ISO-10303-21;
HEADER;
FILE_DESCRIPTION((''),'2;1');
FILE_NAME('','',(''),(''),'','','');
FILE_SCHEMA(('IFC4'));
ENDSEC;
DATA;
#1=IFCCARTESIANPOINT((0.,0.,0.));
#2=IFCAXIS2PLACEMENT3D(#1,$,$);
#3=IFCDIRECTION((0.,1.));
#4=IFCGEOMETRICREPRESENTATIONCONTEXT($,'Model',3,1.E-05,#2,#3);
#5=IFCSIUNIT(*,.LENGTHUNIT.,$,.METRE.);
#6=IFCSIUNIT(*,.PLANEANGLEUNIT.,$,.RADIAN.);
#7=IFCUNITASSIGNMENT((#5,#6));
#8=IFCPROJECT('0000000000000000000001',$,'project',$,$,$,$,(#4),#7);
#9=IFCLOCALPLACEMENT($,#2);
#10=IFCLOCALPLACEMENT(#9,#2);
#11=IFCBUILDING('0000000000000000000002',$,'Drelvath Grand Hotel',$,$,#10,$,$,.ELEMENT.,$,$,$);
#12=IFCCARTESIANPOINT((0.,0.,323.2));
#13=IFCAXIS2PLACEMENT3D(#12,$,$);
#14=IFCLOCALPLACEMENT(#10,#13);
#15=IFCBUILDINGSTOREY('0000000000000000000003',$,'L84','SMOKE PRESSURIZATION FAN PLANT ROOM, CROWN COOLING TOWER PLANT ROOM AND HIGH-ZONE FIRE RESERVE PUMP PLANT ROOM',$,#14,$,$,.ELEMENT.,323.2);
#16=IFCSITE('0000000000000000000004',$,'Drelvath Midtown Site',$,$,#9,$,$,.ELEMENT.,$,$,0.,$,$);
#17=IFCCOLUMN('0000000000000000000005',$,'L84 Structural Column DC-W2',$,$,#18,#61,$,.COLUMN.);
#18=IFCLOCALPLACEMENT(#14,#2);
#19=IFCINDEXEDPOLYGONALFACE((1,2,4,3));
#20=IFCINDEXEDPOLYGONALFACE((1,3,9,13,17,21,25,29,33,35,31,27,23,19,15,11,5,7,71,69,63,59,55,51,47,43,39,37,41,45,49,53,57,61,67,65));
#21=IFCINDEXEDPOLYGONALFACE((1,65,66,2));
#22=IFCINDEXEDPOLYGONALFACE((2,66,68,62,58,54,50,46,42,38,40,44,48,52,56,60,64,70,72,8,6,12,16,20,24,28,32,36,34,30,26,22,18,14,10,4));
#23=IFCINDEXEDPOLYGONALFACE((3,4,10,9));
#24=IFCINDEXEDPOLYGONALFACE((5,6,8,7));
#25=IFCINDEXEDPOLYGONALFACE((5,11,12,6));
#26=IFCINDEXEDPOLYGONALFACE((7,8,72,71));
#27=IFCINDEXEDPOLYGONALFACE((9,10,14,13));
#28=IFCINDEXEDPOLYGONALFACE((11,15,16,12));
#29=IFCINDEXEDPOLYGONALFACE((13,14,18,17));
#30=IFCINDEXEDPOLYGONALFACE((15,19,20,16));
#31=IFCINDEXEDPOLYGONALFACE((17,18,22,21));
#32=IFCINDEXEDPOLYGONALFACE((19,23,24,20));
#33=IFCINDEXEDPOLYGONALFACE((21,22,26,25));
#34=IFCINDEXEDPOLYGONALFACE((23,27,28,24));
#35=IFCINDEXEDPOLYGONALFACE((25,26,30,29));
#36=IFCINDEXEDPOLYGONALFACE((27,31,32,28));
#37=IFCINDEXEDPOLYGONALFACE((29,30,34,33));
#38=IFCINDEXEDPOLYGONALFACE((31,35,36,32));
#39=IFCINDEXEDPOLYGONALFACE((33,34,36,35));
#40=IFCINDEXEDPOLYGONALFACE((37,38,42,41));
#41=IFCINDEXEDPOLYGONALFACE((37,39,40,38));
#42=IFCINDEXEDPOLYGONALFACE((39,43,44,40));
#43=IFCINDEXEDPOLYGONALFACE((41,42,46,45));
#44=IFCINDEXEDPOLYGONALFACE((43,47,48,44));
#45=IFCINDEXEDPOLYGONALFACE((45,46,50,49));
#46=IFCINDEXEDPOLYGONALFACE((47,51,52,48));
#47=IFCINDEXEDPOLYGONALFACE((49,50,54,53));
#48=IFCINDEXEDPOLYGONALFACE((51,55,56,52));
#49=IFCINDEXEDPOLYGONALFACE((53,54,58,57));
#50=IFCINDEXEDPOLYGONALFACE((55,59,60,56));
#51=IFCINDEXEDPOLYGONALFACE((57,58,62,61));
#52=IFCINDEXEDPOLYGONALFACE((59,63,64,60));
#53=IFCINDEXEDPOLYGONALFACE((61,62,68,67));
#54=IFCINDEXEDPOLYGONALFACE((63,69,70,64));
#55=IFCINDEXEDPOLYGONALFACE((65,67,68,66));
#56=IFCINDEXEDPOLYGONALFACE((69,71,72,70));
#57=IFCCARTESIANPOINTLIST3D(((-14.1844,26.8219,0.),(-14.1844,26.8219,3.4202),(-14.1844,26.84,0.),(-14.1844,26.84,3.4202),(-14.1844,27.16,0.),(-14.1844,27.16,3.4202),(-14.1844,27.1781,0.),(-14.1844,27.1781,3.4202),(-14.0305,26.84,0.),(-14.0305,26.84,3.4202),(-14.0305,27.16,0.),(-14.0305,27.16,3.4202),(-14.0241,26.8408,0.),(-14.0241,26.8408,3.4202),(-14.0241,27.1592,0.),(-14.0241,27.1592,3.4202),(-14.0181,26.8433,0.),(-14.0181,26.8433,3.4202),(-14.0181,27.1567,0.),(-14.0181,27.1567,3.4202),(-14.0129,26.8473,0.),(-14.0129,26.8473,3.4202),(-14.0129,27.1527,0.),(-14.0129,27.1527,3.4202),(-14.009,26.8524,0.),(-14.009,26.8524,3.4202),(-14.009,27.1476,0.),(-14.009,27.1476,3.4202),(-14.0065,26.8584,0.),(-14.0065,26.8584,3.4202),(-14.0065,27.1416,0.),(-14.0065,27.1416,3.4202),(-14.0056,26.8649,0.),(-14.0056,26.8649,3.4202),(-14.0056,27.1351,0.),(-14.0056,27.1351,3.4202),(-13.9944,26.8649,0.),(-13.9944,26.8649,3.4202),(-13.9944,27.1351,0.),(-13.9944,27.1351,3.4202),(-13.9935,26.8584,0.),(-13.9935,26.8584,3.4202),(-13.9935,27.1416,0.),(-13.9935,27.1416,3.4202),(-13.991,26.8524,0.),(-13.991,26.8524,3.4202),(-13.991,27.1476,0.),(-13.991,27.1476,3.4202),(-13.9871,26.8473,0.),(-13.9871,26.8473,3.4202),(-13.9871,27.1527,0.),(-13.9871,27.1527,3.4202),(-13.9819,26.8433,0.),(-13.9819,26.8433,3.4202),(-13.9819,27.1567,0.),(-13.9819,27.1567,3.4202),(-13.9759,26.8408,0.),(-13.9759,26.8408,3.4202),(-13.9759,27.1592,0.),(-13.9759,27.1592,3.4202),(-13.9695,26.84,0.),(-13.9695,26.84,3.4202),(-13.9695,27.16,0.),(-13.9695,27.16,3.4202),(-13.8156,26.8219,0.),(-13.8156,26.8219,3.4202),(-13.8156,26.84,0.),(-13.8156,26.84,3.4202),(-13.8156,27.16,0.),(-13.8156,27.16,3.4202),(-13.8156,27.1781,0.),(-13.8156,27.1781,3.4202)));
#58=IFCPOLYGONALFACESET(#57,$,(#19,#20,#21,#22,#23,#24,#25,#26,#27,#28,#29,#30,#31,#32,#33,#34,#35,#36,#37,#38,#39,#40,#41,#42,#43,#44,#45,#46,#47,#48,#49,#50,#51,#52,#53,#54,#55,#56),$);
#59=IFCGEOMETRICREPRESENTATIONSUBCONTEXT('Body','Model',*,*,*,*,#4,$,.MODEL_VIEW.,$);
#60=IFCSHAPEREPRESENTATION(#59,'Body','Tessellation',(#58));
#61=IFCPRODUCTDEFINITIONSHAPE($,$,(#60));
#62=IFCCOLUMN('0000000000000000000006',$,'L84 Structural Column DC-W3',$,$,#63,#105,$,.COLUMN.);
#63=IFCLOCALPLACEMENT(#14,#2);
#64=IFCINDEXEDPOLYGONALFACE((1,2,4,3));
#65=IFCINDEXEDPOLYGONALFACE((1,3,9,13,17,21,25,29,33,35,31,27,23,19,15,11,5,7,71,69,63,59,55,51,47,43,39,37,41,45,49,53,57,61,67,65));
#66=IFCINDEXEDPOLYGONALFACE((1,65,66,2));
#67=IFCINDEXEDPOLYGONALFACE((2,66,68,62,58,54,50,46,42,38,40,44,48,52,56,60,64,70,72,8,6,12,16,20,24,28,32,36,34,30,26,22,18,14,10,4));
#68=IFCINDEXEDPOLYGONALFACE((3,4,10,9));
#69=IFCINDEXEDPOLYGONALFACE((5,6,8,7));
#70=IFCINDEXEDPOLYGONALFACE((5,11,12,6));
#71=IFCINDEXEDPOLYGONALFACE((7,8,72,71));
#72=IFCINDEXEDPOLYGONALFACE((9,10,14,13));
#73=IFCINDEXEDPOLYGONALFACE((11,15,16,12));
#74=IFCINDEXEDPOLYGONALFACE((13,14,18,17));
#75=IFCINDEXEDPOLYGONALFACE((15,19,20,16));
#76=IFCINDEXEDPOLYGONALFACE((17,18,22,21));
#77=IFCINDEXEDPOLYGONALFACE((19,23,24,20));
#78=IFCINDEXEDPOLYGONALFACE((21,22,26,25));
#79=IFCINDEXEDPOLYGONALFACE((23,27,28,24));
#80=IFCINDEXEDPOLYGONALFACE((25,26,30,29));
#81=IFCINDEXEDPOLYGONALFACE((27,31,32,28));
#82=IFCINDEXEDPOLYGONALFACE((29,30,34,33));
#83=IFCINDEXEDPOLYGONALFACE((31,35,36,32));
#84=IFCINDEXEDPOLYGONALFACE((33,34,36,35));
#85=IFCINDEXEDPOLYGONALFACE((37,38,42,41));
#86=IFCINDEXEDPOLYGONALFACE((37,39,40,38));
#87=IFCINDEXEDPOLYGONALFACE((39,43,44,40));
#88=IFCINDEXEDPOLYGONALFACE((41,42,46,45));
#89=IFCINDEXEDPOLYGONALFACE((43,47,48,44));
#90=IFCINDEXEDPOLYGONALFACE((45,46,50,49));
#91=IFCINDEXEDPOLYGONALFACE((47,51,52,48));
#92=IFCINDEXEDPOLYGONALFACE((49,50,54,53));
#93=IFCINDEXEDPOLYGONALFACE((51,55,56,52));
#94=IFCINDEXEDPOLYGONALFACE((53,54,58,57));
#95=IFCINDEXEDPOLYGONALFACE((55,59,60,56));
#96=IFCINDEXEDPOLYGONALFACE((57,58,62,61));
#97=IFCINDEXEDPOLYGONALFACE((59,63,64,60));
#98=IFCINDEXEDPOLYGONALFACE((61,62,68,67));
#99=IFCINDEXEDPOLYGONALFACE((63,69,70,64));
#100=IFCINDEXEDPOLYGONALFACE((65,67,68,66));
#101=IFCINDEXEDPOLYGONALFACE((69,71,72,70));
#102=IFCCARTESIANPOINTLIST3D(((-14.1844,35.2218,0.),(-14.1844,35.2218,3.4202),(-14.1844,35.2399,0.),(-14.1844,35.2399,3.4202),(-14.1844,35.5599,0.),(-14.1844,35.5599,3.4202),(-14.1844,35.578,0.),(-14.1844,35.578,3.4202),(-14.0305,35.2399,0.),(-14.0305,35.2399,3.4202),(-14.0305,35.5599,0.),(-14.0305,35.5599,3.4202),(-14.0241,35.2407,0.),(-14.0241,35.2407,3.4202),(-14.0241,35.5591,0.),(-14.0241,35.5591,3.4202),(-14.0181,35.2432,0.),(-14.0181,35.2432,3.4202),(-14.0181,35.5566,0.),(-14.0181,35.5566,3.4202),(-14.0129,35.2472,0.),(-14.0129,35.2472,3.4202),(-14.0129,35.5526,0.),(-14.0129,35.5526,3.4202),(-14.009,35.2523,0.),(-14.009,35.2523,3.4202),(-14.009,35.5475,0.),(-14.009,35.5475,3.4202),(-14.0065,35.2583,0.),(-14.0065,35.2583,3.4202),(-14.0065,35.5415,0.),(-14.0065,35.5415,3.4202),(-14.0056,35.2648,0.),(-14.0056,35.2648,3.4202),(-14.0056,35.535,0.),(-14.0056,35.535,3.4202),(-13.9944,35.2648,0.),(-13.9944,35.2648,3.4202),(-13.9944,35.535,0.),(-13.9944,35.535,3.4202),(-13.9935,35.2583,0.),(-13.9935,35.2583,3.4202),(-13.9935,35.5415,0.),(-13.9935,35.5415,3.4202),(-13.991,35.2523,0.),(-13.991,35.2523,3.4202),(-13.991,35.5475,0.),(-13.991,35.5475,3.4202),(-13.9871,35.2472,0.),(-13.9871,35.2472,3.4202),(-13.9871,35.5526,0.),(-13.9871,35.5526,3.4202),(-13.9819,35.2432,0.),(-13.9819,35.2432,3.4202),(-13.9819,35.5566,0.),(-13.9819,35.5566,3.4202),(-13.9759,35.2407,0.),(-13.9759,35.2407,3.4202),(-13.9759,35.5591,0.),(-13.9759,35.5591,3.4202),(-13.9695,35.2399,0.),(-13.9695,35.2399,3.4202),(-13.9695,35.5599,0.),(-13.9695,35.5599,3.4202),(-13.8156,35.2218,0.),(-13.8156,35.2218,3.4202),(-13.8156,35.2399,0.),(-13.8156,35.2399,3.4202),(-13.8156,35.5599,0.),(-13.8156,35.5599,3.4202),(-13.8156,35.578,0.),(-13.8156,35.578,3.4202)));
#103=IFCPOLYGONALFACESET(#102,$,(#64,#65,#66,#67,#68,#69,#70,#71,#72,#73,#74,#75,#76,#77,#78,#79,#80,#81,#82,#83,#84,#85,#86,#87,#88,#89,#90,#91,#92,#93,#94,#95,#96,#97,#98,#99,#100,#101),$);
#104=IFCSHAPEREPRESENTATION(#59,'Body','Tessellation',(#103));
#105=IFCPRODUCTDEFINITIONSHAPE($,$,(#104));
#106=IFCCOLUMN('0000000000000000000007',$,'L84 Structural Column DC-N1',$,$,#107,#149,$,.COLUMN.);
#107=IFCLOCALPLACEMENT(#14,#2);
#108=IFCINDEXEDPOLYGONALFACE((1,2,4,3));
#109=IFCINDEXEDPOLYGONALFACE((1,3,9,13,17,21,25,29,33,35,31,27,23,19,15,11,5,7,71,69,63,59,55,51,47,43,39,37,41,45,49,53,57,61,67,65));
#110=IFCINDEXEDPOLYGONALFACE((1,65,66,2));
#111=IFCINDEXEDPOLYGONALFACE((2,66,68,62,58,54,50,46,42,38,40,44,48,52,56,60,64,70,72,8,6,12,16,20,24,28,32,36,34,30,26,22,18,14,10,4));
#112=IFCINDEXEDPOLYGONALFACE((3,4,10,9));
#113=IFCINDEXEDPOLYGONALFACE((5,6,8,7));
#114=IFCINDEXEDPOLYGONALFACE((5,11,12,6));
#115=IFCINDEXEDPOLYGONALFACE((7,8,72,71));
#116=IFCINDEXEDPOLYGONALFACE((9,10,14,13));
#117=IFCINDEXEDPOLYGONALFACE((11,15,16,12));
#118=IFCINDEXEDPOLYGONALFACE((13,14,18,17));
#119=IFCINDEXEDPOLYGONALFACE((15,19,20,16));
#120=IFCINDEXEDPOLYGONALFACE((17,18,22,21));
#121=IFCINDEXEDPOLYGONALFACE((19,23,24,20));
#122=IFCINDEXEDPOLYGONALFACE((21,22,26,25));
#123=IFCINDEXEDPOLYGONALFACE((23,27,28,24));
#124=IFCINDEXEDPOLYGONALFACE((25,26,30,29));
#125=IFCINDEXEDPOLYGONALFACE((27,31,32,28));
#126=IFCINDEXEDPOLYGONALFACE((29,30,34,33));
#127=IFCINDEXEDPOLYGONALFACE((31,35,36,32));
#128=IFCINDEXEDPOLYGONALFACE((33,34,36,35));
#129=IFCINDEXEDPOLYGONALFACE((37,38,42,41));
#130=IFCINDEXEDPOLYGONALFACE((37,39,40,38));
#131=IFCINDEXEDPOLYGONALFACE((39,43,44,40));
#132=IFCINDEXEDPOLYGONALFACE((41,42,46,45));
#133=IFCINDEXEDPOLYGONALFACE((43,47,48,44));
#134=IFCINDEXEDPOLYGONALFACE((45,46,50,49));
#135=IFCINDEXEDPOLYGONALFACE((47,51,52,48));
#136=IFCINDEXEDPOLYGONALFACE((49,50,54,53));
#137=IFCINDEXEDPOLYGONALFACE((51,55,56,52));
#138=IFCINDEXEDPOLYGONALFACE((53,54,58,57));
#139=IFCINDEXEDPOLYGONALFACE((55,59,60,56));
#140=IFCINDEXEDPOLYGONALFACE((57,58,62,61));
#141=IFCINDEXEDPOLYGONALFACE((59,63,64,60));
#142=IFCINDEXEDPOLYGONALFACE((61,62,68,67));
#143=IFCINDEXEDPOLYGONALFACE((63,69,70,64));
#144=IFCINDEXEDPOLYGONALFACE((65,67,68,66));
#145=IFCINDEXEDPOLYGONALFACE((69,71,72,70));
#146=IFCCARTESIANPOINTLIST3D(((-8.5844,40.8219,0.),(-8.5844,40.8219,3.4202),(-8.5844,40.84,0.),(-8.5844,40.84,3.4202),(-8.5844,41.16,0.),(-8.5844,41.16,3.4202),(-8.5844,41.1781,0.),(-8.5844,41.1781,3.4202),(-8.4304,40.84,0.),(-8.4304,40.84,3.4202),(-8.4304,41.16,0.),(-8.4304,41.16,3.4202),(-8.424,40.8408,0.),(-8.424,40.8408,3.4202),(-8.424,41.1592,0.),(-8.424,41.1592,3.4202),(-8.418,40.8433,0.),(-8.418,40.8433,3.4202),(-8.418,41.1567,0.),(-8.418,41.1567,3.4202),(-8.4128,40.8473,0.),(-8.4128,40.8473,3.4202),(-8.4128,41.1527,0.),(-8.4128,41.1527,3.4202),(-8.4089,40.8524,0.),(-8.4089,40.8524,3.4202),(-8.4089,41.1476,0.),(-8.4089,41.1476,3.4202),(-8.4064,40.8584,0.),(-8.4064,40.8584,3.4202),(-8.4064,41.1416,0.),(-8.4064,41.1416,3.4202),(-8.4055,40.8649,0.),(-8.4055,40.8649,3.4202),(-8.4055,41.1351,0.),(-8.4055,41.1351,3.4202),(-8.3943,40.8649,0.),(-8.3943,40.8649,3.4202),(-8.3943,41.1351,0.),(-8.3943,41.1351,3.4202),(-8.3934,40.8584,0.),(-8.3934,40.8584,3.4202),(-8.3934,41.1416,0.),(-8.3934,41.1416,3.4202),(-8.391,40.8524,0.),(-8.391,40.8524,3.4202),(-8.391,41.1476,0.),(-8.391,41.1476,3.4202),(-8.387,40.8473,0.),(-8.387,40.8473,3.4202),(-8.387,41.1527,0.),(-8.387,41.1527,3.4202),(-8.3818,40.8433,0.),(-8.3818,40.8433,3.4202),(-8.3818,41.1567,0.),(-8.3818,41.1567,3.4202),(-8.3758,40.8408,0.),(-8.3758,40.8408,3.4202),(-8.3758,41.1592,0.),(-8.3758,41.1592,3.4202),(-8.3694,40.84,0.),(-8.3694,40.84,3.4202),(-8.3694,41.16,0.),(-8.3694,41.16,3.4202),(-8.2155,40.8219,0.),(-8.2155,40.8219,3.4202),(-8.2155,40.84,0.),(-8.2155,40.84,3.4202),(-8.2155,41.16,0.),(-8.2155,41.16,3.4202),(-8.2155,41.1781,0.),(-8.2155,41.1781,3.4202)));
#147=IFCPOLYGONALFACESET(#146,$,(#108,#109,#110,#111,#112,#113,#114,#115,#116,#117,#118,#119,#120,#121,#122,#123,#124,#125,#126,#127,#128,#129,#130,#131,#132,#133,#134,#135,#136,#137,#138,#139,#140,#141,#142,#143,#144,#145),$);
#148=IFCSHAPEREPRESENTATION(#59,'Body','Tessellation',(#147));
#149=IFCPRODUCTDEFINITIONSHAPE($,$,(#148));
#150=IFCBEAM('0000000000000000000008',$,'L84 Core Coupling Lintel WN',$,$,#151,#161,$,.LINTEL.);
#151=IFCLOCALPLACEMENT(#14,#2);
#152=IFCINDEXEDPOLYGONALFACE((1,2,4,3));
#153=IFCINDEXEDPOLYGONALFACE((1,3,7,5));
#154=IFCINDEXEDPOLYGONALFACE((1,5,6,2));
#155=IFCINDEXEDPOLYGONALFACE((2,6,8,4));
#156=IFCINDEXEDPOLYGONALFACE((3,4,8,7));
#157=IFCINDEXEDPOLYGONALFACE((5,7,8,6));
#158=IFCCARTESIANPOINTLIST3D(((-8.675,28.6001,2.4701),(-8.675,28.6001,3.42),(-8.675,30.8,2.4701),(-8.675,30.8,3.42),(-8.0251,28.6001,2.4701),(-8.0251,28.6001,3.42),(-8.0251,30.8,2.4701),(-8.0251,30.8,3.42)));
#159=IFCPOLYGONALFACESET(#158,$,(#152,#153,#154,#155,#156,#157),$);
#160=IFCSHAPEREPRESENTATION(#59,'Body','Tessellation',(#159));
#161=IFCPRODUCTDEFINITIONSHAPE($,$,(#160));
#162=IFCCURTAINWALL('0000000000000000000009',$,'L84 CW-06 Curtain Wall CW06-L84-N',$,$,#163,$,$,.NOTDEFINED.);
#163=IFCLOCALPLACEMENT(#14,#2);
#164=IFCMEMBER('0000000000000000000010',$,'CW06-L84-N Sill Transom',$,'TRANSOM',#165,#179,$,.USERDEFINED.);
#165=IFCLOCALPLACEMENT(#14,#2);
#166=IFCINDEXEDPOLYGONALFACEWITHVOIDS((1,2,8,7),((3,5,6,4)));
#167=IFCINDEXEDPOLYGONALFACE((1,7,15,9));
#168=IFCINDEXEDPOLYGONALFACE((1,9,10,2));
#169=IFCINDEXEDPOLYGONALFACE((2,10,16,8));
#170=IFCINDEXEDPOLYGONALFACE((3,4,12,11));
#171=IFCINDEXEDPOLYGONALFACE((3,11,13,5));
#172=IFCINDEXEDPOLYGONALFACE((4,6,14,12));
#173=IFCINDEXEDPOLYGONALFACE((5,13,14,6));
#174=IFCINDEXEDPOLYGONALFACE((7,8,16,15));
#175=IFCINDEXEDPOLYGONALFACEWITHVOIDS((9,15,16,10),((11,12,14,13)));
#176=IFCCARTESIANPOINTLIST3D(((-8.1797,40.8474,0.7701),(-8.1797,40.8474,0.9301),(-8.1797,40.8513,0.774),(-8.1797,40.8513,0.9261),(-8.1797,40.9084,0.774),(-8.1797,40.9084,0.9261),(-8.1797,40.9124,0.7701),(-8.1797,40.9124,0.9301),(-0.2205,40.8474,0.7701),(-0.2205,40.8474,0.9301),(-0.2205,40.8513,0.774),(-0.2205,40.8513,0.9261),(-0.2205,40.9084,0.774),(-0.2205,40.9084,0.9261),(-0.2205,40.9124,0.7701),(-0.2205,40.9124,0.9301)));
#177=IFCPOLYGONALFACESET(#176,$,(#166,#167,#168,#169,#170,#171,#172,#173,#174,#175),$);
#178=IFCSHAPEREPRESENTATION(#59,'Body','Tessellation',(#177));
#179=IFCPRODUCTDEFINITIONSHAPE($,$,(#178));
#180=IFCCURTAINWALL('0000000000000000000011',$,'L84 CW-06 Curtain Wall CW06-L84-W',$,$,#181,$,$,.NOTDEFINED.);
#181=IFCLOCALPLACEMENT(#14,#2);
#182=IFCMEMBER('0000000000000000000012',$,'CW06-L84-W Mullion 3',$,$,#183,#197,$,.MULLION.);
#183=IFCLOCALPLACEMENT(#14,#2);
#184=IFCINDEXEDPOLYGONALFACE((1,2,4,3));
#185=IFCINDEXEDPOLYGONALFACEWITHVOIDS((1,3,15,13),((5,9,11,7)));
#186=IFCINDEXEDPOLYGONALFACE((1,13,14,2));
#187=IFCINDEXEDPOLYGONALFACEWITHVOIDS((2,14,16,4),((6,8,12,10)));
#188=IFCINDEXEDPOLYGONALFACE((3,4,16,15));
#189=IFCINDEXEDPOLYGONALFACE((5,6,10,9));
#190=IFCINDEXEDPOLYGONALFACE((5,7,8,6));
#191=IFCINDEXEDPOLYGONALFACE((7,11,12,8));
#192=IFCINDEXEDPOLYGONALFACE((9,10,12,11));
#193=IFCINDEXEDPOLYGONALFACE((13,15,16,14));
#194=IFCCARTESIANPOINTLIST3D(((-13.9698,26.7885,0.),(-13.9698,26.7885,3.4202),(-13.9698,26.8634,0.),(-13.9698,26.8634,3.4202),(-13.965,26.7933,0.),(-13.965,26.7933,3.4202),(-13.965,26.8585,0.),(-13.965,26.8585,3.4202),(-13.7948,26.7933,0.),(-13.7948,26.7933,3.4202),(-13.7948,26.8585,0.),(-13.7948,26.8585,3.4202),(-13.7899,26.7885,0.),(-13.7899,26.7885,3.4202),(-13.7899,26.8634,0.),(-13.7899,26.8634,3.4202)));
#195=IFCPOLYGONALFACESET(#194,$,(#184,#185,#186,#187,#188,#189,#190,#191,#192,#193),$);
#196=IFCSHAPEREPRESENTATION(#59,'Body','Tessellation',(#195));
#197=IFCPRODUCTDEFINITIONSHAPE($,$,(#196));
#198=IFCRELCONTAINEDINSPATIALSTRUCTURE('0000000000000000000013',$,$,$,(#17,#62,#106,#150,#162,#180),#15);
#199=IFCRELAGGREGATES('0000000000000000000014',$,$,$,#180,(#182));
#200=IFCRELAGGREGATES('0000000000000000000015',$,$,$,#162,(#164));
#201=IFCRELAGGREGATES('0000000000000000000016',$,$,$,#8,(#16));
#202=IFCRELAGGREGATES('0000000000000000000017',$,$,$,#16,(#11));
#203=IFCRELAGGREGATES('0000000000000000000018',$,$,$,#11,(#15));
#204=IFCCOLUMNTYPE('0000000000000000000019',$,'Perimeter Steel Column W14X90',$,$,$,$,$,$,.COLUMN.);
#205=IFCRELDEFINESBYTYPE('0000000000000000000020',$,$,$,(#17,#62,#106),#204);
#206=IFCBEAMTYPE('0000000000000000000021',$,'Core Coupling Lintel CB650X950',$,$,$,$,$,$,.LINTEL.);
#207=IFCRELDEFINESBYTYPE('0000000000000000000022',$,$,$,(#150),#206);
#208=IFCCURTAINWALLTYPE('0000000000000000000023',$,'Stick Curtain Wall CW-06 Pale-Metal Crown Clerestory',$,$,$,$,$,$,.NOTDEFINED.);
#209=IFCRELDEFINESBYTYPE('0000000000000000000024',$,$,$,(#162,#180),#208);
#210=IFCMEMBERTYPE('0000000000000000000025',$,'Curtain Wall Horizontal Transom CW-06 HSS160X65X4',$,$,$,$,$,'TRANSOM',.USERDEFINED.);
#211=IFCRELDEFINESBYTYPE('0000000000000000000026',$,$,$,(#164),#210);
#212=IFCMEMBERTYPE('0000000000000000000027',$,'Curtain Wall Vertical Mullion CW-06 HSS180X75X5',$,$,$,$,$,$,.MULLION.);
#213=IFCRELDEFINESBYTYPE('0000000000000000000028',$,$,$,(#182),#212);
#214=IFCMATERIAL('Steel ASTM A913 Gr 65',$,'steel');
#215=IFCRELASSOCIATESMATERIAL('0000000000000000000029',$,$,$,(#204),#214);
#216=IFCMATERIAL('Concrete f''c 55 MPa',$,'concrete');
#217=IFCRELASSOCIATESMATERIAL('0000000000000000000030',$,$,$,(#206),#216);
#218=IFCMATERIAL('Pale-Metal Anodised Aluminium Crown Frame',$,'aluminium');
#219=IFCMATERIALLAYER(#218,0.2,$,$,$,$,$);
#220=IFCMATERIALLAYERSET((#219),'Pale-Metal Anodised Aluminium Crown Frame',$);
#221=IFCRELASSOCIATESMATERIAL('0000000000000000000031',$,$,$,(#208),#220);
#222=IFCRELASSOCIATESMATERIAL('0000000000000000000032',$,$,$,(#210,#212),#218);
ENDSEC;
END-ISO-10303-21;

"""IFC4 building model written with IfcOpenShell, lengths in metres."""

from ifc_helpers import new_model, si_unit, direction, frame, origin, origin_2d, place, context, subcontext, project, spatial, rectangle, hollow_rectangle, i_section, extrude, material, layer, layer_set, material_profile, profile_set, type_object, element, aggregate, save


model = new_model("IFC4")

# Units and contexts
model_context = context("Model", 3, precision=1e-05, world=origin(), true_north=direction((0.0, 1.0)))
body_context = subcontext(model_context, "Body", "Model", "MODEL_VIEW")
ifc_project = project(units=[si_unit("LENGTHUNIT", "METRE"), si_unit("PLANEANGLEUNIT", "RADIAN")], contexts=[model_context])

# Site, building, storey
site_placement = place(None, origin())
site = spatial("IfcSite", under=ifc_project, at=site_placement, Name="Drelvath Midtown Site", CompositionType="ELEMENT", RefElevation=0.0)
building_placement = place(site_placement, origin())
building = spatial("IfcBuilding", under=site, at=building_placement, Name="Drelvath Grand Hotel", CompositionType="ELEMENT")
storey_placement = place(building_placement, frame((0.0, 0.0, 323.2)))
storey = spatial("IfcBuildingStorey", under=building, at=storey_placement, Name="L84", Description="SMOKE PRESSURIZATION FAN PLANT ROOM, CROWN COOLING TOWER PLANT ROOM AND HIGH-ZONE FIRE RESERVE PUMP PLANT ROOM", CompositionType="ELEMENT", Elevation=323.2)

# Columns
ifc_material_1 = material(Name="Steel ASTM A913 Gr 65", Category="steel")
ifc_material_profile_1 = material_profile(ifc_material_1, i_section(OverallWidth=0.3689, OverallDepth=0.3562, WebThickness=0.0112, FlangeThickness=0.0181, FilletRadius=0.0249, at=origin_2d()), Name="W14X90")
ifc_profile_set_1 = profile_set([ifc_material_profile_1], Name="Steel ASTM A913 Gr 65")
column_type = type_object("IfcColumnType", Name="Perimeter Steel Column W14X90", PredefinedType="COLUMN", material=ifc_profile_set_1)
for number, where, z_axis, x_axis, name in (
    (1, (-14.0, 27.0, 0.0), (0.0, 0.0, 1.0), (1.0, 0.0, 0.0), "L84 Structural Column DC-W2"),
    (2, (-14.0, 35.3999, 0.0), (0.0, 0.0, 1.0), (1.0, 0.0, 0.0), "L84 Structural Column DC-W3"),
    (3, (-8.3999, 41.0, 0.0), (0.0, 0.0, 1.0), (1.0, 0.0, 0.0), "L84 Structural Column DC-N1"),
):
    element("IfcColumn", number, at=place(storey_placement, frame(where, z_axis=z_axis, x_axis=x_axis)), inside=storey, type_object=column_type, Name=name, PredefinedType="COLUMN", context=body_context, shape_type="SweptSolid", body=[
        extrude(i_section(OverallWidth=0.3689, OverallDepth=0.3562, WebThickness=0.0112, FlangeThickness=0.0181, FilletRadius=0.0249, at=origin_2d()), origin(), (0.0, 0.0, 1.0), 3.4202),
    ])

# Beam
ifc_material_2 = material(Name="Concrete f'c 55 MPa", Category="concrete")
ifc_material_profile_2 = material_profile(ifc_material_2, rectangle(XDim=0.6499, YDim=0.95, at=origin_2d()), Name="CB650X950")
ifc_profile_set_2 = profile_set([ifc_material_profile_2], Name="Concrete f'c 55 MPa")
beam_type_1 = type_object("IfcBeamType", Name="Core Coupling Lintel CB650X950", PredefinedType="LINTEL", material=ifc_profile_set_2)
beam_1_placement = place(storey_placement, frame((-8.3501, 28.6001, 2.9451), z_axis=(0.0, 1.0, 0.0), x_axis=(-1.0, 0.0, 0.0)))
element("IfcBeam", 4, at=beam_1_placement, inside=storey, type_object=beam_type_1, Name="L84 Core Coupling Lintel WN", PredefinedType="LINTEL", context=body_context, shape_type="SweptSolid", body=[
    extrude(rectangle(XDim=0.6499, YDim=0.95, at=origin_2d()), origin(), (0.0, 0.0, 1.0), 2.2),
])

# Curtain walls, members
ifc_material_3 = material(Name="Pale-Metal Anodised Aluminium Crown Frame", Category="aluminium")
ifc_layer_1 = layer(ifc_material_3, 0.2)
ifc_layer_set_1 = layer_set([ifc_layer_1], Name="Pale-Metal Anodised Aluminium Crown Frame")
curtain_wall_type = type_object("IfcCurtainWallType", Name="Stick Curtain Wall CW-06 Pale-Metal Crown Clerestory", PredefinedType="NOTDEFINED", material=ifc_layer_set_1)
curtain_wall_1_placement = place(storey_placement, origin())
curtain_wall_1 = element("IfcCurtainWall", 5, at=curtain_wall_1_placement, inside=storey, type_object=curtain_wall_type, Name="L84 CW-06 Curtain Wall CW06-L84-N", PredefinedType="NOTDEFINED")
ifc_material_profile_3 = material_profile(ifc_material_3, hollow_rectangle(XDim=0.0649, YDim=0.1599, WallThickness=0.0039, at=origin_2d()), Name="HSS160X65X4")
ifc_profile_set_3 = profile_set([ifc_material_profile_3], Name="Pale-Metal Anodised Aluminium Crown Frame")
member_type_1 = type_object("IfcMemberType", Name="Curtain Wall Horizontal Transom CW-06 HSS160X65X4", ElementType="TRANSOM", PredefinedType="USERDEFINED", material=ifc_profile_set_3)
member_1_placement = place(storey_placement, frame((-8.1797, 40.8799, 0.8501), z_axis=(1.0, 0.0, 0.0), x_axis=(0.0, 1.0, 0.0)))
member_1 = element("IfcMember", 6, at=member_1_placement, type_object=member_type_1, Name="CW06-L84-N Sill Transom", ObjectType="TRANSOM", PredefinedType="USERDEFINED", context=body_context, shape_type="SweptSolid", body=[
    extrude(hollow_rectangle(XDim=0.0649, YDim=0.1599, WallThickness=0.0039, at=origin_2d()), origin(), (0.0, 0.0, 1.0), 7.9592),
])
curtain_wall_2_placement = place(storey_placement, origin())
curtain_wall_2 = element("IfcCurtainWall", 7, at=curtain_wall_2_placement, inside=storey, type_object=curtain_wall_type, Name="L84 CW-06 Curtain Wall CW06-L84-W", PredefinedType="NOTDEFINED")
ifc_material_profile_4 = material_profile(ifc_material_3, hollow_rectangle(XDim=0.075, YDim=0.1799, WallThickness=0.0049, at=origin_2d()), Name="HSS180X75X5")
ifc_profile_set_4 = profile_set([ifc_material_profile_4], Name="Pale-Metal Anodised Aluminium Crown Frame")
member_type_2 = type_object("IfcMemberType", Name="Curtain Wall Vertical Mullion CW-06 HSS180X75X5", PredefinedType="MULLION", material=ifc_profile_set_4)
member_2_placement = place(storey_placement, frame((-13.8799, 26.8259, 0.0), z_axis=(0.0, 0.0, 1.0), x_axis=(0.0, 1.0, 0.0)))
member_2 = element("IfcMember", 8, at=member_2_placement, type_object=member_type_2, Name="CW06-L84-W Mullion 3", PredefinedType="MULLION", context=body_context, shape_type="SweptSolid", body=[
    extrude(hollow_rectangle(XDim=0.075, YDim=0.1799, WallThickness=0.0049, at=origin_2d()), origin(), (0.0, 0.0, 1.0), 3.4202),
])
aggregate(curtain_wall_2, [member_2])

aggregate(curtain_wall_1, [member_1])

save(model, "model.ifc")
